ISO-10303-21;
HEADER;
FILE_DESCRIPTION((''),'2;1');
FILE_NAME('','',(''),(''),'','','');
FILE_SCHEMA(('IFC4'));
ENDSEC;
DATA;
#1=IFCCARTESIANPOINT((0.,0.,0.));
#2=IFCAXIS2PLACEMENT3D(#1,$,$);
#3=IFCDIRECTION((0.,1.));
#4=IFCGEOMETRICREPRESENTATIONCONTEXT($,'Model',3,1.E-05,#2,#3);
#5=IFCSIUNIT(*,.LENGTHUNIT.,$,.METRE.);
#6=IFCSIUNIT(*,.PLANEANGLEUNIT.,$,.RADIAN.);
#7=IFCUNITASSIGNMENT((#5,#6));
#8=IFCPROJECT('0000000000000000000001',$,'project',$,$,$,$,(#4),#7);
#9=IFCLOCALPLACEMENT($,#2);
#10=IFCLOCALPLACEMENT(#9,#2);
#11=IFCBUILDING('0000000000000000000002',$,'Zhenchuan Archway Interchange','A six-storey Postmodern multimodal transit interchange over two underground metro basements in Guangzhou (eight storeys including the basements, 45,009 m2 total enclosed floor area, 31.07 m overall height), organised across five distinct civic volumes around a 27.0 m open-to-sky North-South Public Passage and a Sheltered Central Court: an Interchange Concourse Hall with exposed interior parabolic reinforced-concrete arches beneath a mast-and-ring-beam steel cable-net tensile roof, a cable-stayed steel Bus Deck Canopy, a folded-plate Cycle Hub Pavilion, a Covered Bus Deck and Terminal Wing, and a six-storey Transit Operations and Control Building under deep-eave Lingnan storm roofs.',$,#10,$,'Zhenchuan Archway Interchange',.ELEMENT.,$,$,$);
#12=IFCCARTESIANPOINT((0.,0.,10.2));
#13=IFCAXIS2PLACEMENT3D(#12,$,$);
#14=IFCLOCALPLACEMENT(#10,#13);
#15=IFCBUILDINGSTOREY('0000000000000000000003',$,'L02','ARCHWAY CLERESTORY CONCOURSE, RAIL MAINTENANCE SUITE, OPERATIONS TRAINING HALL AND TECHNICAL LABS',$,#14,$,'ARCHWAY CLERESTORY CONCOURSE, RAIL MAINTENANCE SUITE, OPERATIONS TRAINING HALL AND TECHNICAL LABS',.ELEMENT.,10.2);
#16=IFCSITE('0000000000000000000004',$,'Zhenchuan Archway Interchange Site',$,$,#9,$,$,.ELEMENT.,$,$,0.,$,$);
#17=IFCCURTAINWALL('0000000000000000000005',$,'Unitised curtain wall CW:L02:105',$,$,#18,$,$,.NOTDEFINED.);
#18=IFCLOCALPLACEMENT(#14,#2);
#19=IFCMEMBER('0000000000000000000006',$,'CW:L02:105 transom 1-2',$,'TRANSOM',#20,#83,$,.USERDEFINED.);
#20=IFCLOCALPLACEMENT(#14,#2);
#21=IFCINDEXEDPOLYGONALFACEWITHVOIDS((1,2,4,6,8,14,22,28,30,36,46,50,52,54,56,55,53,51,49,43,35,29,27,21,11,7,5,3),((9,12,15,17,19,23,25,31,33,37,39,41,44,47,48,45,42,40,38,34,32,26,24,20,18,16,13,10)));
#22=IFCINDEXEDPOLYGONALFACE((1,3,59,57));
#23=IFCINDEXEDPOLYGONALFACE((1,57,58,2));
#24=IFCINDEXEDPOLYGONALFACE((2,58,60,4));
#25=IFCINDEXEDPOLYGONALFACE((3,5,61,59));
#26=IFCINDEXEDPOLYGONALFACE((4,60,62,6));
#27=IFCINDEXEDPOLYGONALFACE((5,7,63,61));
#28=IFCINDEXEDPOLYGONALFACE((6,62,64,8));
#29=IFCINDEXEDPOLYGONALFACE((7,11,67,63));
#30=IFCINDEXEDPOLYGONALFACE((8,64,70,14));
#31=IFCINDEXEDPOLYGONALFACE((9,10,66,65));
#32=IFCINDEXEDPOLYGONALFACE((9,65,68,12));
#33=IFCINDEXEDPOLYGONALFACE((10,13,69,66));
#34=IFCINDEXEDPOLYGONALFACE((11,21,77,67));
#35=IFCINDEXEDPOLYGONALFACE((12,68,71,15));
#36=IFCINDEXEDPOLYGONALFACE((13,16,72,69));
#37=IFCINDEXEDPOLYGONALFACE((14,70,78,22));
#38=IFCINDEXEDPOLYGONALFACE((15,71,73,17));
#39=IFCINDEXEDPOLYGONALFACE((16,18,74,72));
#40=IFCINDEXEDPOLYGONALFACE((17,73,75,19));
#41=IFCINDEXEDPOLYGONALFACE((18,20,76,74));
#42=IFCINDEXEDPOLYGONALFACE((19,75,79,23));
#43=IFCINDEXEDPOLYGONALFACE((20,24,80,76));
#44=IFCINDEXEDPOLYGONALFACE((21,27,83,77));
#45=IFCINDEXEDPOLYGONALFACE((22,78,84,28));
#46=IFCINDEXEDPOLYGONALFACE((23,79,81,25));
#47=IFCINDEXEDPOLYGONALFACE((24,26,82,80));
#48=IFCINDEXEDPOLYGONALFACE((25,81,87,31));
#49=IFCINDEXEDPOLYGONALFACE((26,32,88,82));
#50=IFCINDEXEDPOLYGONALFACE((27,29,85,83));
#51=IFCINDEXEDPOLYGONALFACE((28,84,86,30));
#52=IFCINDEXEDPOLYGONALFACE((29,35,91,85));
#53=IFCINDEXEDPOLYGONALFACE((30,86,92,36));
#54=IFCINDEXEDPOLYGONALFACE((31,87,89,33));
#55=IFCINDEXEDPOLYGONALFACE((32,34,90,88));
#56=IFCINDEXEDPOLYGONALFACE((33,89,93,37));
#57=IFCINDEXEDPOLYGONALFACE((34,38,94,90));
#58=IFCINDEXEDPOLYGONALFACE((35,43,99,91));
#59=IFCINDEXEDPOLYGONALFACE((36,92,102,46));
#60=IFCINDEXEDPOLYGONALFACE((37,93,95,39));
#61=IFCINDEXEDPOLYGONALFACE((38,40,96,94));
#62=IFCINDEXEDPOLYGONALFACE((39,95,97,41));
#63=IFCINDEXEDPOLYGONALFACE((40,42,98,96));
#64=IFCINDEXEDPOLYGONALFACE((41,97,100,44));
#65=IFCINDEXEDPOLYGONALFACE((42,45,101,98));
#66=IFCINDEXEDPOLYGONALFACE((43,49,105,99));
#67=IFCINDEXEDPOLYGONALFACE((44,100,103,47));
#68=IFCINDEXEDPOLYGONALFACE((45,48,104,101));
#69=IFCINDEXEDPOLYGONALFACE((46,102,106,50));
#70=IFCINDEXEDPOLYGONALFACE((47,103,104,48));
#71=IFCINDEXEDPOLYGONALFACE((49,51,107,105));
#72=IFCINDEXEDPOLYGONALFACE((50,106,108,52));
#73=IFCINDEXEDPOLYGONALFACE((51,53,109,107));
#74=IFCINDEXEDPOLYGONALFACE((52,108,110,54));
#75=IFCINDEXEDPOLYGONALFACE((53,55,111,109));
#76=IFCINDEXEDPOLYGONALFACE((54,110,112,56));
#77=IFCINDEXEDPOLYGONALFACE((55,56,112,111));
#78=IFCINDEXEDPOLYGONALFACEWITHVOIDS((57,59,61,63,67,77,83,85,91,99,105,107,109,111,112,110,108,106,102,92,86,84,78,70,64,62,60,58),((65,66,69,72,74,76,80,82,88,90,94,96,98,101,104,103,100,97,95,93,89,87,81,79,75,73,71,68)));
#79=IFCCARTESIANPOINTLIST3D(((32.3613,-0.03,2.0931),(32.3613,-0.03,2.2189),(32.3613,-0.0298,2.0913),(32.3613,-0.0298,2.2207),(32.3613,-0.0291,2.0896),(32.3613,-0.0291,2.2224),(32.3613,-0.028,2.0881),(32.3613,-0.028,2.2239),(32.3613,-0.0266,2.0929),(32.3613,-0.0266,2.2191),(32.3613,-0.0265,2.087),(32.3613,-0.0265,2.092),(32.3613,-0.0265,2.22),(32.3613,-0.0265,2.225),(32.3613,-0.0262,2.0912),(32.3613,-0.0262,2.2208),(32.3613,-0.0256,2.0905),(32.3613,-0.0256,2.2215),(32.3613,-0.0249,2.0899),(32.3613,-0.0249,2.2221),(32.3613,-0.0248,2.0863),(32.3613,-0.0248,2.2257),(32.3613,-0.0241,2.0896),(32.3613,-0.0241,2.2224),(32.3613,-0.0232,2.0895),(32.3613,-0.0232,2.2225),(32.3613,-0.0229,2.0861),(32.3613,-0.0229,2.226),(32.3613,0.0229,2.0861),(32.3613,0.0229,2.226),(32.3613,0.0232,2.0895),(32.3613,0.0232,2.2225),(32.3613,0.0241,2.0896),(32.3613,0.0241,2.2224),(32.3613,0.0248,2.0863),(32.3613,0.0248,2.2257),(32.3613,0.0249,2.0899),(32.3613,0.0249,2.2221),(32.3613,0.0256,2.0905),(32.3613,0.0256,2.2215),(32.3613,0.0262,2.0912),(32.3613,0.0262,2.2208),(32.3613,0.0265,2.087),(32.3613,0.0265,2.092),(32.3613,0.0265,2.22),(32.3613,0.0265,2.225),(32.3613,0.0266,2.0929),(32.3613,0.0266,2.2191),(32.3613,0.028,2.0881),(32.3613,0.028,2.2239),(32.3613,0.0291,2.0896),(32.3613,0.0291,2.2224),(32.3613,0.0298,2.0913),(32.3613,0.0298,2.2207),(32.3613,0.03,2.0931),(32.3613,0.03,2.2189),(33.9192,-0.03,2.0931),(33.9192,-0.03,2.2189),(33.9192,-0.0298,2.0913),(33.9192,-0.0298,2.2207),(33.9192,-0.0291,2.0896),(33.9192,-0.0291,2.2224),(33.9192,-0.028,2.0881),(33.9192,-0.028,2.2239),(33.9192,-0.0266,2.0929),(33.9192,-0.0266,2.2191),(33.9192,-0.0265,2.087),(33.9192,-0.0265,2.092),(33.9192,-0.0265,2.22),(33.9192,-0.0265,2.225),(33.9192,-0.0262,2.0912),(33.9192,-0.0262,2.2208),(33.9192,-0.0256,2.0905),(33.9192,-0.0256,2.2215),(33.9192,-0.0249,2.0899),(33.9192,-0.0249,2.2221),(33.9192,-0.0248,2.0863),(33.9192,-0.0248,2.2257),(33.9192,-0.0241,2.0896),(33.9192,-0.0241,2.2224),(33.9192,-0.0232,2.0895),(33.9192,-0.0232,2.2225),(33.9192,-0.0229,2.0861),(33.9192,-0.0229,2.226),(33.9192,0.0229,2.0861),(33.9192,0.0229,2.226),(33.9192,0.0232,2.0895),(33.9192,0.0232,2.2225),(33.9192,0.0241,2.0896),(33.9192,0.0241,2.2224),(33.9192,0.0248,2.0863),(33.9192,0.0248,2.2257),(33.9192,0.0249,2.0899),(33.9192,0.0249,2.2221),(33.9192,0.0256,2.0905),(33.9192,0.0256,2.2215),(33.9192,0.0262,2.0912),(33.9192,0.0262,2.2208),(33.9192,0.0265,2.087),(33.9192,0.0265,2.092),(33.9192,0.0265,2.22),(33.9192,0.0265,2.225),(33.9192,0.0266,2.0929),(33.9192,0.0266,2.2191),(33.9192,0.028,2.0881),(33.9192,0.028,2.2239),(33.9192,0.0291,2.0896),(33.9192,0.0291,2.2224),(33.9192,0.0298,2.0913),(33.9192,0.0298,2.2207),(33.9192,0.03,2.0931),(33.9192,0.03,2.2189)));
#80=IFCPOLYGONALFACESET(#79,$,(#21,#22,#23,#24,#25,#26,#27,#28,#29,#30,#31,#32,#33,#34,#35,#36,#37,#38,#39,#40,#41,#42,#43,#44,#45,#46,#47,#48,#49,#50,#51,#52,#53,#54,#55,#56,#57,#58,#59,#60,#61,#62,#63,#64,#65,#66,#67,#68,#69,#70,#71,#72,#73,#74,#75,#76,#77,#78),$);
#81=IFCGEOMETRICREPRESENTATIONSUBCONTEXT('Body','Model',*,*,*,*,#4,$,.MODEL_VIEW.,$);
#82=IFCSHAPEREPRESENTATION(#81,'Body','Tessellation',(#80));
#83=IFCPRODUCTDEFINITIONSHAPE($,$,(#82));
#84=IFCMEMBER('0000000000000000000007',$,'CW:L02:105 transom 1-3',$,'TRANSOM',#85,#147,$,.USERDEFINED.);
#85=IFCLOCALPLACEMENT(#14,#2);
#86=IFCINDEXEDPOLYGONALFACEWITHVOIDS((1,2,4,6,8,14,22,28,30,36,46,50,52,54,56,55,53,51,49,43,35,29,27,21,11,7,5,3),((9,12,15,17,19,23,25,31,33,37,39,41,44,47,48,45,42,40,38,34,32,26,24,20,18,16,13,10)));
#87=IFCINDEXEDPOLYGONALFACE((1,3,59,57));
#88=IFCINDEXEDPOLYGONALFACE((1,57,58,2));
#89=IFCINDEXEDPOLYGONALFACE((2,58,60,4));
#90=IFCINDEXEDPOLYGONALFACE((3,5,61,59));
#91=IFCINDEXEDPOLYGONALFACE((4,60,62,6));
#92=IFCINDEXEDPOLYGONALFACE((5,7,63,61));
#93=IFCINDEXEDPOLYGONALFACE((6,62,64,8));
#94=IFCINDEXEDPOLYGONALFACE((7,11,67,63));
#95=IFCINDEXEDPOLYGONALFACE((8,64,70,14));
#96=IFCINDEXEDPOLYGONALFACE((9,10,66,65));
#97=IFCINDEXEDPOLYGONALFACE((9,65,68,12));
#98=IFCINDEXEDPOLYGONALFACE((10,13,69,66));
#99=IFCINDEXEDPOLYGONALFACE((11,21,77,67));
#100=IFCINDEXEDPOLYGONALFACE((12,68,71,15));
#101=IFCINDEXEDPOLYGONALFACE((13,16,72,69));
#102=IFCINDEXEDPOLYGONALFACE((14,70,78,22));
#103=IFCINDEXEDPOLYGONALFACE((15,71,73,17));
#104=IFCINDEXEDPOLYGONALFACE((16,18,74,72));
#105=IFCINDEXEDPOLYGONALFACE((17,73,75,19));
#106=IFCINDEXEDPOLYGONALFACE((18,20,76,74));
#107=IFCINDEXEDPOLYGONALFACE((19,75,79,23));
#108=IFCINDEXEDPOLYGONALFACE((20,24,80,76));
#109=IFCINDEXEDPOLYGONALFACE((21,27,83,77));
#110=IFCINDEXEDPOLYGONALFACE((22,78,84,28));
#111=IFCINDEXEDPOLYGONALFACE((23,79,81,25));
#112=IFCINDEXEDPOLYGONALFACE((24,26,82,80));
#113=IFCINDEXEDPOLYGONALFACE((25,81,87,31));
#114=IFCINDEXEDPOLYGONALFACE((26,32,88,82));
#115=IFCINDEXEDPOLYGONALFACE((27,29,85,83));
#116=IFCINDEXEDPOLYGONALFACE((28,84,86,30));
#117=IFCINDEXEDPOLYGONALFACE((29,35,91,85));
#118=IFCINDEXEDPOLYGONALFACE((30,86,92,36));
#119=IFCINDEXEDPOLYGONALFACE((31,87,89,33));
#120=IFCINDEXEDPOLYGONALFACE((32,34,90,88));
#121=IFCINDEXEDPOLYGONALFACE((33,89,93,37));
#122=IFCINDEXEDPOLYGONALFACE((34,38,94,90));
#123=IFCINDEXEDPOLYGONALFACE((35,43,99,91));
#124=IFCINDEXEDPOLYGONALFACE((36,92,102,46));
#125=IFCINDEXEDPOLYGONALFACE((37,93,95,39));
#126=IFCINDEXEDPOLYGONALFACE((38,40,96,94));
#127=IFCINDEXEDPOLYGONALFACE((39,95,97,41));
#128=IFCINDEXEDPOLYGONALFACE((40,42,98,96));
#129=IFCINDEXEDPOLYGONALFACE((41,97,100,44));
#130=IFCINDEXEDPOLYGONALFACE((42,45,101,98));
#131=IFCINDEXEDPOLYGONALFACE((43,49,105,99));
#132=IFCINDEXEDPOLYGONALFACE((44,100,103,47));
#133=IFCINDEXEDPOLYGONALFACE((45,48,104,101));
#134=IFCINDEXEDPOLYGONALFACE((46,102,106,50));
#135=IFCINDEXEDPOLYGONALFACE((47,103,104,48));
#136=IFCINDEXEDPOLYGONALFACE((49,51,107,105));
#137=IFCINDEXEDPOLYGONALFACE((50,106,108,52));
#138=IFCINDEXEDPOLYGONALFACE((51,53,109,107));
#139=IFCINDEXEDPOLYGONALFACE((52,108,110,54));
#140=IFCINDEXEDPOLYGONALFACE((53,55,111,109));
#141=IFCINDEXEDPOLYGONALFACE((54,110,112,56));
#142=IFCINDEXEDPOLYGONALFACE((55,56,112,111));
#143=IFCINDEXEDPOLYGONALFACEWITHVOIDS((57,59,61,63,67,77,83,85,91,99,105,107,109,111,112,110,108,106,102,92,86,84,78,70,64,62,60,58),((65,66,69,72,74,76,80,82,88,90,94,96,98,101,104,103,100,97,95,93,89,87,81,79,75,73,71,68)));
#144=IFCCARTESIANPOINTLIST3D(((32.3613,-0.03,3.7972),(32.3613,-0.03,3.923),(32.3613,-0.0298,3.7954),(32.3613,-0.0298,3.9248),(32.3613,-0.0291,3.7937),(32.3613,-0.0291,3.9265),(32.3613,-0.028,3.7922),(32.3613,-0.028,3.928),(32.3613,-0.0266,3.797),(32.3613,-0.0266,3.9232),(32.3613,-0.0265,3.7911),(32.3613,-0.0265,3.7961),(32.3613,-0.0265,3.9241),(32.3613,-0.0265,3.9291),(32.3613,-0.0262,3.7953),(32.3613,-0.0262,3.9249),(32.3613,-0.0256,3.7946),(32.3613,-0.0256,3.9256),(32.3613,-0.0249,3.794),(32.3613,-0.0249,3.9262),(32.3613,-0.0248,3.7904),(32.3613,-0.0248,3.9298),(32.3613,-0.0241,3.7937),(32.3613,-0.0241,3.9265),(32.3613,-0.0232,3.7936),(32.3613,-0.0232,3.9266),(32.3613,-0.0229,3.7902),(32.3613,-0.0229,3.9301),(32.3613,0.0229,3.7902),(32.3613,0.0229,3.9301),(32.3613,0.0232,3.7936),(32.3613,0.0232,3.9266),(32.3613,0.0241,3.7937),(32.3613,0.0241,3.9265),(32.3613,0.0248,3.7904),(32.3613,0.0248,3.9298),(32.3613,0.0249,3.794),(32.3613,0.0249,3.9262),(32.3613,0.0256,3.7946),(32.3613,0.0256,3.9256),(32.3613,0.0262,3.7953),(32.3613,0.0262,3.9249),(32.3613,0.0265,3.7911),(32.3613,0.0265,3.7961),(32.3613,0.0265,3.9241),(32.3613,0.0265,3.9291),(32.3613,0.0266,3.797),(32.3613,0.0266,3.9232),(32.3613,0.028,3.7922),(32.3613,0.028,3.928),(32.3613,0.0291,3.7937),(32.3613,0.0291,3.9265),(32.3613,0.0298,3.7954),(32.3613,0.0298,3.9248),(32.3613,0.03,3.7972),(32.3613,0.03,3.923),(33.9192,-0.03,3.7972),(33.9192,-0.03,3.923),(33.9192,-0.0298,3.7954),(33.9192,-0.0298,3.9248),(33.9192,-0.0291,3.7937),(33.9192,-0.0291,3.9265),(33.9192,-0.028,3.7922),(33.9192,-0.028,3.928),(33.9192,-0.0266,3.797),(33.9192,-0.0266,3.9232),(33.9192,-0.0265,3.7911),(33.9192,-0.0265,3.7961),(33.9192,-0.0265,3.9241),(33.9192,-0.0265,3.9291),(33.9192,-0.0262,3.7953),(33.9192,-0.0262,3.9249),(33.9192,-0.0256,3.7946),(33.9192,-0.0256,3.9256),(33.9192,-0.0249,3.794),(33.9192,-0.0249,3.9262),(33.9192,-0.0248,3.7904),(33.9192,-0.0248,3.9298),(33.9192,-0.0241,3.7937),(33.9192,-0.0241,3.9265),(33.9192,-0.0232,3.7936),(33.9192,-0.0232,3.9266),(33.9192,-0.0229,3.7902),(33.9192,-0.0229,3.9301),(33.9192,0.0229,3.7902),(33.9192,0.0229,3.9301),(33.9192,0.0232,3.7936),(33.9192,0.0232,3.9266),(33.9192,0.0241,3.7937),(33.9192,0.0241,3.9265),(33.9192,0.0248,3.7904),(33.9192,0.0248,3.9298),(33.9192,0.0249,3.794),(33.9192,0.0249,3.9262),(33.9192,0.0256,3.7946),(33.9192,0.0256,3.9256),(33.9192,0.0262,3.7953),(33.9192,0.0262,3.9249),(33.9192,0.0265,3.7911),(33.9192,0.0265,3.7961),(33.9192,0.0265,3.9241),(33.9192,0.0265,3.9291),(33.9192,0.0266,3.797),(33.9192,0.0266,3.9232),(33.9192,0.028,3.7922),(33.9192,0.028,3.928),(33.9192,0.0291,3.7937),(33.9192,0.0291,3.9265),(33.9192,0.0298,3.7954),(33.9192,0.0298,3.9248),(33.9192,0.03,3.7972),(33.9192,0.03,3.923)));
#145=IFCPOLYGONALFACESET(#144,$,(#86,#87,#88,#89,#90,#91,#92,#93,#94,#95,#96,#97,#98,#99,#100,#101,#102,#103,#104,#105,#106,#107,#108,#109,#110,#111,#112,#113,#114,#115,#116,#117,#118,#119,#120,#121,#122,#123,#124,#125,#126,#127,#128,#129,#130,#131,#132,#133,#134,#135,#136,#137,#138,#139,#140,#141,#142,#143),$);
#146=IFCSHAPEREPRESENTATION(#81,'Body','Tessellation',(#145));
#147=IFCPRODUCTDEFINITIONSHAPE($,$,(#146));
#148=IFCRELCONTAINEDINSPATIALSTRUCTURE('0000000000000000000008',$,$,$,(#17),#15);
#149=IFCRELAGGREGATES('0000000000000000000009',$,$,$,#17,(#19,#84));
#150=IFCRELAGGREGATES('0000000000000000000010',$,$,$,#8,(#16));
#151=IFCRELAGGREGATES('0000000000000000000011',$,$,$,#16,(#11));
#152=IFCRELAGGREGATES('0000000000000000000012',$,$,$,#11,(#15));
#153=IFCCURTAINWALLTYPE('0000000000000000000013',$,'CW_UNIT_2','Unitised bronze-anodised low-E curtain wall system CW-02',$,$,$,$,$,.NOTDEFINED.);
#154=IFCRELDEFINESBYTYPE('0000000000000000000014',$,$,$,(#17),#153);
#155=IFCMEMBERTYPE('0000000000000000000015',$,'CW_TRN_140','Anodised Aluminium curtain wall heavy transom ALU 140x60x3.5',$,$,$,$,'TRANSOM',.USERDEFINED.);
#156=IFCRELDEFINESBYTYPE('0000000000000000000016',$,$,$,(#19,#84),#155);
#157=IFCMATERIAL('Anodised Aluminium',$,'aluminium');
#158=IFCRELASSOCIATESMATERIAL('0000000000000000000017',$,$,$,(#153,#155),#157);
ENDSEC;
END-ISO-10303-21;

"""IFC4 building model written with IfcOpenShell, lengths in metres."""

from ifc_helpers import new_model, si_unit, direction, frame, origin, origin_2d, place, context, subcontext, project, spatial, hollow_rectangle, extrude, material, material_profile, profile_set, type_object, element, aggregate, save


model = new_model("IFC4")

# Units and contexts
model_context = context("Model", 3, precision=1e-05, world=origin(), true_north=direction((0.0, 1.0)))
body_context = subcontext(model_context, "Body", "Model", "MODEL_VIEW")
ifc_project = project(units=[si_unit("LENGTHUNIT", "METRE"), si_unit("PLANEANGLEUNIT", "RADIAN")], contexts=[model_context])

# Site, building, storey
site_placement = place(None, origin())
site = spatial("IfcSite", under=ifc_project, at=site_placement, Name="Zhenchuan Archway Interchange Site", CompositionType="ELEMENT", RefElevation=0.0)
building_placement = place(site_placement, origin())
building = spatial("IfcBuilding", under=site, at=building_placement, Name="Zhenchuan Archway Interchange", Description="A six-storey Postmodern multimodal transit interchange over two underground metro basements in Guangzhou (eight storeys including the basements, 45,009 m2 total enclosed floor area, 31.07 m overall height), organised across five distinct civic volumes around a 27.0 m open-to-sky North-South Public Passage and a Sheltered Central Court: an Interchange Concourse Hall with exposed interior parabolic reinforced-concrete arches beneath a mast-and-ring-beam steel cable-net tensile roof, a cable-stayed steel Bus Deck Canopy, a folded-plate Cycle Hub Pavilion, a Covered Bus Deck and Terminal Wing, and a six-storey Transit Operations and Control Building under deep-eave Lingnan storm roofs.", LongName="Zhenchuan Archway Interchange", CompositionType="ELEMENT")
storey_placement = place(building_placement, frame((0.0, 0.0, 10.2)))
storey = spatial("IfcBuildingStorey", under=building, at=storey_placement, Name="L02", Description="ARCHWAY CLERESTORY CONCOURSE, RAIL MAINTENANCE SUITE, OPERATIONS TRAINING HALL AND TECHNICAL LABS", LongName="ARCHWAY CLERESTORY CONCOURSE, RAIL MAINTENANCE SUITE, OPERATIONS TRAINING HALL AND TECHNICAL LABS", CompositionType="ELEMENT", Elevation=10.2)

# Curtain wall
ifc_material_1 = material(Name="Anodised Aluminium", Category="aluminium")
curtain_wall_type_1 = type_object("IfcCurtainWallType", Name="CW_UNIT_2", Description="Unitised bronze-anodised low-E curtain wall system CW-02", PredefinedType="NOTDEFINED", material=ifc_material_1)
curtain_wall_1_placement = place(storey_placement, origin())
curtain_wall_1 = element("IfcCurtainWall", 1, at=curtain_wall_1_placement, inside=storey, type_object=curtain_wall_type_1, Name="Unitised curtain wall CW:L02:105", PredefinedType="NOTDEFINED")

# Members
ifc_material_profile_1 = material_profile(ifc_material_1, hollow_rectangle(XDim=0.0601, YDim=0.1399, WallThickness=0.0034, InnerFilletRadius=0.0034, OuterFilletRadius=0.0071, at=origin_2d()), Name="ALU 140x60x3.5")
ifc_profile_set_1 = profile_set([ifc_material_profile_1], Name="Anodised Aluminium")
member_type_1 = type_object("IfcMemberType", Name="CW_TRN_140", Description="Anodised Aluminium curtain wall heavy transom ALU 140x60x3.5", ElementType="TRANSOM", PredefinedType="USERDEFINED", material=ifc_profile_set_1)
member_1_placement = place(storey_placement, frame((33.9192, 0.0, 2.156), z_axis=(-1.0, 0.0, 0.0), x_axis=(0.0, -1.0, 0.0)))
member_1 = element("IfcMember", 2, at=member_1_placement, type_object=member_type_1, Name="CW:L02:105 transom 1-2", ObjectType="TRANSOM", PredefinedType="USERDEFINED", context=body_context, shape_type="SweptSolid", body=[
    extrude(hollow_rectangle(XDim=0.0601, YDim=0.1399, WallThickness=0.0034, InnerFilletRadius=0.0034, OuterFilletRadius=0.0071, at=origin_2d()), origin(), (0.0, 0.0, 1.0), 1.5579),
])
member_2_placement = place(storey_placement, frame((33.9192, 0.0, 3.8601), z_axis=(-1.0, 0.0, 0.0), x_axis=(0.0, -1.0, 0.0)))
member_2 = element("IfcMember", 3, at=member_2_placement, type_object=member_type_1, Name="CW:L02:105 transom 1-3", ObjectType="TRANSOM", PredefinedType="USERDEFINED", context=body_context, shape_type="SweptSolid", body=[
    extrude(hollow_rectangle(XDim=0.0601, YDim=0.1399, WallThickness=0.0034, InnerFilletRadius=0.0034, OuterFilletRadius=0.0071, at=origin_2d()), origin(), (0.0, 0.0, 1.0), 1.5579),
])

aggregate(curtain_wall_1, [member_1, member_2])

save(model, "model.ifc")
